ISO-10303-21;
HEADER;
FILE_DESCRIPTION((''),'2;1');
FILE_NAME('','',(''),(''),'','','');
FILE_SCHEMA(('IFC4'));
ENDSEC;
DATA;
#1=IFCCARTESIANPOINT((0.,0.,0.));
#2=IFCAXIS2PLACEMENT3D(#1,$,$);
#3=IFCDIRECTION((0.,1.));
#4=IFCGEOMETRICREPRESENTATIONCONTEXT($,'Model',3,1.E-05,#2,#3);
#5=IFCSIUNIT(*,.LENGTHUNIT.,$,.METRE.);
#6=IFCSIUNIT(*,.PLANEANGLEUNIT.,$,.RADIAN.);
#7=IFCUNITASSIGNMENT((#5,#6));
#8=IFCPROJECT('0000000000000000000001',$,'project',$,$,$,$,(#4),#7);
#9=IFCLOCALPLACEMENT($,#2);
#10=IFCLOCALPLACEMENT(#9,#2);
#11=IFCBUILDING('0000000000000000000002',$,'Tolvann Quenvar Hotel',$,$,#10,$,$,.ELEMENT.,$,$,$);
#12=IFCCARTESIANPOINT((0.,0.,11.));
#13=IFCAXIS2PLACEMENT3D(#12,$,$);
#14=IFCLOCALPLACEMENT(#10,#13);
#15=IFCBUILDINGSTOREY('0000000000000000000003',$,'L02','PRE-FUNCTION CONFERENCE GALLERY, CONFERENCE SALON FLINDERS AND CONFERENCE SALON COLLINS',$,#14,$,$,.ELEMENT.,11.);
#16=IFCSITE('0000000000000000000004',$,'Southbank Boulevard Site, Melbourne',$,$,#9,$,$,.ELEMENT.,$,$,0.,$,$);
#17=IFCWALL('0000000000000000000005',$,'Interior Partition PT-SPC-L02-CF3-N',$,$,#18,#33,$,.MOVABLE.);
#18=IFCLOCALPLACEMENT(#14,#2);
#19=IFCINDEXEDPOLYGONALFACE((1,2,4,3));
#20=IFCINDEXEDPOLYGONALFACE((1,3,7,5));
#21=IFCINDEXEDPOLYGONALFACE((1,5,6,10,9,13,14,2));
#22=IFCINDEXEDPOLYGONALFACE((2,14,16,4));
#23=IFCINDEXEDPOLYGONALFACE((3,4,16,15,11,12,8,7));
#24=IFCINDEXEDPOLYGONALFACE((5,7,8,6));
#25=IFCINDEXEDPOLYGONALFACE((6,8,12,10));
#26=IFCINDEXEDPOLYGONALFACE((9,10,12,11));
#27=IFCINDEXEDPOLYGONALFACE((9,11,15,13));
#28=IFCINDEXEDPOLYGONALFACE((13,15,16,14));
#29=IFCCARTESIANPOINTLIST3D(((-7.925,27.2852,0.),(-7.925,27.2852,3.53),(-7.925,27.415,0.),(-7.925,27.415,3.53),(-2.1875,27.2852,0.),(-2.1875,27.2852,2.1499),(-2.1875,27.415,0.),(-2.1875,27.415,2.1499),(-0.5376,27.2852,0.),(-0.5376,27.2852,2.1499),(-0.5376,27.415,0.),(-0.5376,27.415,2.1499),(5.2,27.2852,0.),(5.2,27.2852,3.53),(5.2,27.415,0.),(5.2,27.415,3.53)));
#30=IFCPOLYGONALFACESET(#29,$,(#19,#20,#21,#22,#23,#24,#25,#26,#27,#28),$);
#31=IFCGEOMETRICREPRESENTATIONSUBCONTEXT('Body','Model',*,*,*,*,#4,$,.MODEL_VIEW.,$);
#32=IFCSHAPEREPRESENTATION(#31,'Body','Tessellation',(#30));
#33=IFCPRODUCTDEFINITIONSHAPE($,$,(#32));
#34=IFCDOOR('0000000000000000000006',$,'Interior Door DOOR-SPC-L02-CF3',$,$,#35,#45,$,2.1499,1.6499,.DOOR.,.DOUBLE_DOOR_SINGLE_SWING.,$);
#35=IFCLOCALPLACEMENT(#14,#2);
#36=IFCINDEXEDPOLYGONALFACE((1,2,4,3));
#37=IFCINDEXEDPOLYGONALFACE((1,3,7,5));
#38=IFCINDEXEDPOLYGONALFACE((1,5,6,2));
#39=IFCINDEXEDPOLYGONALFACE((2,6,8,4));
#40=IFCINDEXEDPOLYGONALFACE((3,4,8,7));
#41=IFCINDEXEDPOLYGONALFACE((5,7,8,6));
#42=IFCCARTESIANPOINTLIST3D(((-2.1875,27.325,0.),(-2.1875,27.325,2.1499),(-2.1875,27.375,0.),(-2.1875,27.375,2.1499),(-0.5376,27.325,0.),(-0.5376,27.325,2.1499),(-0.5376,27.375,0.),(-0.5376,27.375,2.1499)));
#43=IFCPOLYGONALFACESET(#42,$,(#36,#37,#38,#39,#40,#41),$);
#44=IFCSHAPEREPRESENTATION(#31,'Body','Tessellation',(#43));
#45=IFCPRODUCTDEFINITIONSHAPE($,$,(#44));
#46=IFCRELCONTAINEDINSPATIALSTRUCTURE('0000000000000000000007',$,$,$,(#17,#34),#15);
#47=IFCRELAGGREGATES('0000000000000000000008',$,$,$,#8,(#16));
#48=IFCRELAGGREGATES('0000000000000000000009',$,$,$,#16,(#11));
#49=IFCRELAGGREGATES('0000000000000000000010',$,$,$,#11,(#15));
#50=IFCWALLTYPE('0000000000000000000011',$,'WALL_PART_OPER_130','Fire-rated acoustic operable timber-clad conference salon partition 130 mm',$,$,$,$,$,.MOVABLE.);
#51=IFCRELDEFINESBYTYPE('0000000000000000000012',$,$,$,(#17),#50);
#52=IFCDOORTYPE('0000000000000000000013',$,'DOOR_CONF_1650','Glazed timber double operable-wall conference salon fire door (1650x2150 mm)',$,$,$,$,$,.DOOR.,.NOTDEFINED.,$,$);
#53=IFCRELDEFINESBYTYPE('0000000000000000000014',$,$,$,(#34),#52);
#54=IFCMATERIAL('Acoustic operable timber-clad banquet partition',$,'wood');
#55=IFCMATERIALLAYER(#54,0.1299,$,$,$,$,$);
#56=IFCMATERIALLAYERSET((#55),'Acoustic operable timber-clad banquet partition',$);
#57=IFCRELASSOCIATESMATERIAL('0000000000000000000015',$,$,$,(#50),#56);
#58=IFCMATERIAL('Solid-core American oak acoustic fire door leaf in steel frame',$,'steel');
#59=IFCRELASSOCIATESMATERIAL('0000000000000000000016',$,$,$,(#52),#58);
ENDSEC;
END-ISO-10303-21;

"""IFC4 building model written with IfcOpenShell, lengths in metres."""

from ifc_helpers import new_model, si_unit, direction, frame, frame_2d, origin, place, context, subcontext, project, spatial, rectangle, extrude, source, transform, mapped, material, layer, layer_set, type_object, type_shapes, element, fill, save


model = new_model("IFC4")

# Units and contexts
model_context = context("Model", 3, precision=1e-05, world=origin(), true_north=direction((0.0, 1.0)))
body_context = subcontext(model_context, "Body", "Model", "MODEL_VIEW")
ifc_project = project(units=[si_unit("LENGTHUNIT", "METRE"), si_unit("PLANEANGLEUNIT", "RADIAN")], contexts=[model_context])

# Site, building, storey
site_placement = place(None, origin())
site = spatial("IfcSite", under=ifc_project, at=site_placement, Name="Southbank Boulevard Site, Melbourne", CompositionType="ELEMENT", RefElevation=0.0)
building_placement = place(site_placement, origin())
building = spatial("IfcBuilding", under=site, at=building_placement, Name="Tolvann Quenvar Hotel", CompositionType="ELEMENT")
storey_placement = place(building_placement, frame((0.0, 0.0, 11.0)))
storey = spatial("IfcBuildingStorey", under=building, at=storey_placement, Name="L02", Description="PRE-FUNCTION CONFERENCE GALLERY, CONFERENCE SALON FLINDERS AND CONFERENCE SALON COLLINS", CompositionType="ELEMENT", Elevation=11.0)

# Wall, opening, door
ifc_material_1 = material(Name="Acoustic operable timber-clad banquet partition", Category="wood")
ifc_layer = layer(ifc_material_1, 0.1299)
ifc_layer_set = layer_set([ifc_layer], Name="Acoustic operable timber-clad banquet partition")
wall_type = type_object("IfcWallType", Name="WALL_PART_OPER_130", Description="Fire-rated acoustic operable timber-clad conference salon partition 130 mm", PredefinedType="MOVABLE", material=ifc_layer_set)
wall_placement = place(storey_placement, frame((-7.925, 27.3501, 0.0), z_axis=(0.0, 0.0, 1.0), x_axis=(1.0, 0.0, 0.0)))
wall = element("IfcWall", 1, at=wall_placement, inside=storey, type_object=wall_type, Name="Interior Partition PT-SPC-L02-CF3-N", PredefinedType="MOVABLE", context=body_context, shape_type="SweptSolid", body=[
    extrude(rectangle(XDim=13.125, YDim=0.1299, at=frame_2d((6.5625, 0.0))), origin(), (0.0, 0.0, 1.0), 3.53),
])
opening_placement = place(wall_placement, frame((5.7375, 0.0, 0.0)))
opening = element("IfcOpeningElement", 2, at=opening_placement, cuts=wall, PredefinedType="OPENING", context=body_context, shape_type="SweptSolid", body=[
    extrude(rectangle(XDim=1.6499, YDim=2.1499, at=frame_2d((0.825, 1.075))), frame((0.0, 0.075, 0.0), z_axis=(0.0, -1.0, 0.0), x_axis=(1.0, 0.0, 0.0)), (0.0, 0.0, 1.0), 0.1499),
])
ifc_material_2 = material(Name="Solid-core American oak acoustic fire door leaf in steel frame", Category="steel")
door_type = type_object("IfcDoorType", Name="DOOR_CONF_1650", Description="Glazed timber double operable-wall conference salon fire door (1650x2150 mm)", OperationType="NOTDEFINED", PredefinedType="DOOR", material=ifc_material_2)
shared_shape_1 = source(origin(), body_context, "Body", "SweptSolid", [
    extrude(rectangle(XDim=1.6499, YDim=2.1499, at=frame_2d((0.825, 1.075))), frame((0.0, 0.0249, 0.0), z_axis=(0.0, -1.0, 0.0), x_axis=(1.0, 0.0, 0.0)), (0.0, 0.0, 1.0), 0.05),
])
type_shapes(door_type, [shared_shape_1])
door_placement = place(opening_placement, origin())
door = element("IfcDoor", 3, at=door_placement, inside=storey, type_object=door_type, Name="Interior Door DOOR-SPC-L02-CF3", OperationType="DOUBLE_DOOR_SINGLE_SWING", OverallHeight=2.1499, OverallWidth=1.6499, PredefinedType="DOOR", context=body_context, shape_type="MappedRepresentation", body=[
    mapped(shared_shape_1, transform((0.0, 0.0, 0.0), x_axis=(1.0, 0.0, 0.0), y_axis=(0.0, 1.0, 0.0), z_axis=(0.0, 0.0, 1.0), scale=1.0)),
])
fill(opening, door)

save(model, "model.ifc")
